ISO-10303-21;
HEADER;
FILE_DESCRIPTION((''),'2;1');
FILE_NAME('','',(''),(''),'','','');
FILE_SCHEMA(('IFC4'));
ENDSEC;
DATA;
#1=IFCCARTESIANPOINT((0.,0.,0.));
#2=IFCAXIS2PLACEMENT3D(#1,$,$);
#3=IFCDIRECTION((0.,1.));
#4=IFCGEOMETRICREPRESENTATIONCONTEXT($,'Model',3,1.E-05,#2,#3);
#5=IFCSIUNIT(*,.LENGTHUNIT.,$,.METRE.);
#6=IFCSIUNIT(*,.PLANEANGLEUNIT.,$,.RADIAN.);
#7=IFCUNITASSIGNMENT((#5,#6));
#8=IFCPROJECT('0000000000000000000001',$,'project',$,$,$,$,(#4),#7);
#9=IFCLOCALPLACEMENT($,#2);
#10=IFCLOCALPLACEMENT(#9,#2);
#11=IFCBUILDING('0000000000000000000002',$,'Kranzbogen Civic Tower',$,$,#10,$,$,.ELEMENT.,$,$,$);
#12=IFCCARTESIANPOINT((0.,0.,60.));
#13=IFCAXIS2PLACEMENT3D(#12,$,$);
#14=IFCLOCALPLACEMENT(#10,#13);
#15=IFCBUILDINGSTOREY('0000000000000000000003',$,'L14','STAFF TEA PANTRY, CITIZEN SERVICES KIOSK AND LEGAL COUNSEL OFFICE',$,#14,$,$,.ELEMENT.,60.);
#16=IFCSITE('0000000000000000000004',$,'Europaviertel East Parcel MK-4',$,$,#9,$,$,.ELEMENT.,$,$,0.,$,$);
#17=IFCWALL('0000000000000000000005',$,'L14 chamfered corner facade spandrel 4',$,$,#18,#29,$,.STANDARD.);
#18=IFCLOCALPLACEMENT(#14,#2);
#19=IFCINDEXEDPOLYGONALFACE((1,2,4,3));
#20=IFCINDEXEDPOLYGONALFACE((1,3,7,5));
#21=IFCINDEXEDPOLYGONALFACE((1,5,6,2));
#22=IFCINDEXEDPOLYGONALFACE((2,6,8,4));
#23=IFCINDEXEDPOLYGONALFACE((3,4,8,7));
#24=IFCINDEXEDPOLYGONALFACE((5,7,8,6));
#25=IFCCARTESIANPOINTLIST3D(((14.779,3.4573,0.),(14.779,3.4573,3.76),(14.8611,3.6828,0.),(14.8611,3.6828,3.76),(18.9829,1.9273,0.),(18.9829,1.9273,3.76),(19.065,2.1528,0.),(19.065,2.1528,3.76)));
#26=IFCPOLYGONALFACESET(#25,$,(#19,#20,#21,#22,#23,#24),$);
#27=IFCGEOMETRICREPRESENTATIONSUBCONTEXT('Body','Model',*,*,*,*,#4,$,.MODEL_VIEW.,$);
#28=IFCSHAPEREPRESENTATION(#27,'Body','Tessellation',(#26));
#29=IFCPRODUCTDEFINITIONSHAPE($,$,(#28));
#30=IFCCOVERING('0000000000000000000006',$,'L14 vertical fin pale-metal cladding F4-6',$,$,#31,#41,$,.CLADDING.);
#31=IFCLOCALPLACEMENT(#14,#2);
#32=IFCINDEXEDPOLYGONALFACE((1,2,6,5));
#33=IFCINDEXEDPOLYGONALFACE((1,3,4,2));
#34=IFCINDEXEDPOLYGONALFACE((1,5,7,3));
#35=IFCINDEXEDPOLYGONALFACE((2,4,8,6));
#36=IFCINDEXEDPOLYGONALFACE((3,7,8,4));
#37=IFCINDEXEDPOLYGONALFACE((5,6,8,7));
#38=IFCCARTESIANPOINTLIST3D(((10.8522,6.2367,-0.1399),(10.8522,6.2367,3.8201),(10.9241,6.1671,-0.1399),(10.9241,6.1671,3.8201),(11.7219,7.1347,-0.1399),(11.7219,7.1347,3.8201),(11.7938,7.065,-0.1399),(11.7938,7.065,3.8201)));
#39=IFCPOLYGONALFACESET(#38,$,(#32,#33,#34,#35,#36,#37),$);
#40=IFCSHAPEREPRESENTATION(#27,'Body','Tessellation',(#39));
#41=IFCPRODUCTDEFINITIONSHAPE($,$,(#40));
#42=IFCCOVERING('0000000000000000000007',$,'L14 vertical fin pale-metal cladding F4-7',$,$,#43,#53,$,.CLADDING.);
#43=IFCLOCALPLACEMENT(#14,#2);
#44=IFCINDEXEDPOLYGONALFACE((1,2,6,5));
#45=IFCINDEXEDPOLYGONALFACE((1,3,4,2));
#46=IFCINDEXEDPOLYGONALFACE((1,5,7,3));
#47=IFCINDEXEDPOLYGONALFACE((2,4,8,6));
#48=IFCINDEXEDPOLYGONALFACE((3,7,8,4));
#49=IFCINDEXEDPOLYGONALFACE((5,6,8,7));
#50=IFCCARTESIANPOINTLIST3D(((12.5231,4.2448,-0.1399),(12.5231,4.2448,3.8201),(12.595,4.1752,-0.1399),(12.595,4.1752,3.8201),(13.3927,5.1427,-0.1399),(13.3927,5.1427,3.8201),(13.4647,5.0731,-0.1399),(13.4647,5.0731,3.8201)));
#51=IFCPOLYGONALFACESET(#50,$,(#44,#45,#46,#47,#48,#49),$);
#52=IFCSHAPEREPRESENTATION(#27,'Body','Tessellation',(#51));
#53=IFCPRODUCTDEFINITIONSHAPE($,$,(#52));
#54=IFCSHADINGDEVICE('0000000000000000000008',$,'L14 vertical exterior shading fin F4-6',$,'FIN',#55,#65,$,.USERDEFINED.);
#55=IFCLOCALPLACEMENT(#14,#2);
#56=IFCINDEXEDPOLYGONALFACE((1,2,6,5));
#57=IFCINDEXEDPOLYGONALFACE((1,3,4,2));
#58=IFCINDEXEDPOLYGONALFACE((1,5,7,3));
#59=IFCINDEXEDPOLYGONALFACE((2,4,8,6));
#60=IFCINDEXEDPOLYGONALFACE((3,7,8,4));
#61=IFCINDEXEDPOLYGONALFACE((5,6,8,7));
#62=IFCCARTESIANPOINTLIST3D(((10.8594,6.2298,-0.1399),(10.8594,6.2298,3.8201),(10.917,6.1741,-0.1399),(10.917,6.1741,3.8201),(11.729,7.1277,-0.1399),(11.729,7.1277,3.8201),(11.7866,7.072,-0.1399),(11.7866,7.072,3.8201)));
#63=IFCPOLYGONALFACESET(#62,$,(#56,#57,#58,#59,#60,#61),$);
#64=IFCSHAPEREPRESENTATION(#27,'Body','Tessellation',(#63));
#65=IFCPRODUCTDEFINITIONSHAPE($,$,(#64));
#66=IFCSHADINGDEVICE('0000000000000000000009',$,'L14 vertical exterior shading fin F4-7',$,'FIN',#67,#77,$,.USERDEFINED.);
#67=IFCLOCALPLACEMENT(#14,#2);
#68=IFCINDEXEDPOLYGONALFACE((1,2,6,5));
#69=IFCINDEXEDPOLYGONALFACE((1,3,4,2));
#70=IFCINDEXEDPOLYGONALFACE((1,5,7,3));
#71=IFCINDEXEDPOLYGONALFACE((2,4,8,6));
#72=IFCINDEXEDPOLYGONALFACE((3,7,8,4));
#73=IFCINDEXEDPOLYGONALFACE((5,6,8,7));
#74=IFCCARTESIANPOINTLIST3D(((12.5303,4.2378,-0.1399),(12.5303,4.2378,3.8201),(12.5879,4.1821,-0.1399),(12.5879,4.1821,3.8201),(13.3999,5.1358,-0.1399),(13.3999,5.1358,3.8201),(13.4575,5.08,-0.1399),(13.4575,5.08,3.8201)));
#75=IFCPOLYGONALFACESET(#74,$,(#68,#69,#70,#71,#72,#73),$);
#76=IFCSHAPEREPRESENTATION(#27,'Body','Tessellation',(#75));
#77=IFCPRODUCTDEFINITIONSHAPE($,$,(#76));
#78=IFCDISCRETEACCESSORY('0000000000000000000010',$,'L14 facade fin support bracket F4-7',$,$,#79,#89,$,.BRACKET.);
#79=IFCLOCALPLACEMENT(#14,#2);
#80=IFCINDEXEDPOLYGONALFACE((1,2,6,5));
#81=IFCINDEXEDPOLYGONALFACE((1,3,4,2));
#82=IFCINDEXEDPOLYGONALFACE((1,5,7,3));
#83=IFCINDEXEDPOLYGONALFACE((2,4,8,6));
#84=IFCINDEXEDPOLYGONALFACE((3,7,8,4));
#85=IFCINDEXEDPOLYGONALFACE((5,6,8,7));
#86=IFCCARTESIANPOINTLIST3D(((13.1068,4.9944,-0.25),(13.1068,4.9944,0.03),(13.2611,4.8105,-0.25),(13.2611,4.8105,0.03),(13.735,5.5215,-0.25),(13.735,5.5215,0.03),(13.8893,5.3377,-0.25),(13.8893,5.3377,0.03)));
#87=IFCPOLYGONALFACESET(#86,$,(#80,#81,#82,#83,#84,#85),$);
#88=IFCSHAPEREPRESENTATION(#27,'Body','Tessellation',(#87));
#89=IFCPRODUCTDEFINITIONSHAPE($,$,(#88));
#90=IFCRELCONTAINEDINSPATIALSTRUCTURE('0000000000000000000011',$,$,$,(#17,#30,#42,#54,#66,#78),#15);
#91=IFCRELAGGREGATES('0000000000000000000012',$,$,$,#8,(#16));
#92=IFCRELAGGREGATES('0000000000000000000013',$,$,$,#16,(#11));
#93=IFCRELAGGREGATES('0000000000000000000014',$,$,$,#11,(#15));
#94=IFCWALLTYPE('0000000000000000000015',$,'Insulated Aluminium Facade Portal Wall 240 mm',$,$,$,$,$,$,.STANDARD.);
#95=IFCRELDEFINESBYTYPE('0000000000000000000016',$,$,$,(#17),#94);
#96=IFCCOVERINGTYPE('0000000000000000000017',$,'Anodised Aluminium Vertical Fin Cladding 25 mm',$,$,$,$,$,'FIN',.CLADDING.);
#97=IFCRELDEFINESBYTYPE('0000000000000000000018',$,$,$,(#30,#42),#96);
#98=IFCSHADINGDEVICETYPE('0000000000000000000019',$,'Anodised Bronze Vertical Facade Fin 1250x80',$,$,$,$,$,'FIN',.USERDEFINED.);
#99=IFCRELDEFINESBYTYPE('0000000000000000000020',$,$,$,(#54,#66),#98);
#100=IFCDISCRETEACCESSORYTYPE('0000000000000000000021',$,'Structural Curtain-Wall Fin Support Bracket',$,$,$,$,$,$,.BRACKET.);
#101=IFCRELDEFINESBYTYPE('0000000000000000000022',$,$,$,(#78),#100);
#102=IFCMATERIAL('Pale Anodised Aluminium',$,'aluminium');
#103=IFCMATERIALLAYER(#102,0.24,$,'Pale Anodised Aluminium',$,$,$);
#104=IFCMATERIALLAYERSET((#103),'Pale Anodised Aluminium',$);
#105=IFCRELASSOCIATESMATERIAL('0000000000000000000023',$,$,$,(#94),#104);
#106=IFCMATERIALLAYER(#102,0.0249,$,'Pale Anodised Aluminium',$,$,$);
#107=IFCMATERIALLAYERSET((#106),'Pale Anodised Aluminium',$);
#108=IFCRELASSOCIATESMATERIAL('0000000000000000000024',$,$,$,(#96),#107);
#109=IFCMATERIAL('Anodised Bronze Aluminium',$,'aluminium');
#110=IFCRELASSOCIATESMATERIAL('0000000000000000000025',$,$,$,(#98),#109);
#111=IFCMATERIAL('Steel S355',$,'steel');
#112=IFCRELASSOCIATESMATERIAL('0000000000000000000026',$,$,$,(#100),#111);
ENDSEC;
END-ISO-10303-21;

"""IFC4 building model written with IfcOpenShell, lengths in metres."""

from ifc_helpers import new_model, si_unit, direction, frame, frame_2d, origin, origin_2d, place, context, subcontext, project, spatial, rectangle, extrude, material, layer, layer_set, type_object, element, save


model = new_model("IFC4")

# Units and contexts
model_context = context("Model", 3, precision=1e-05, world=origin(), true_north=direction((0.0, 1.0)))
body_context = subcontext(model_context, "Body", "Model", "MODEL_VIEW")
ifc_project = project(units=[si_unit("LENGTHUNIT", "METRE"), si_unit("PLANEANGLEUNIT", "RADIAN")], contexts=[model_context])

# Site, building, storey
site_placement = place(None, origin())
site = spatial("IfcSite", under=ifc_project, at=site_placement, Name="Europaviertel East Parcel MK-4", CompositionType="ELEMENT", RefElevation=0.0)
building_placement = place(site_placement, origin())
building = spatial("IfcBuilding", under=site, at=building_placement, Name="Kranzbogen Civic Tower", CompositionType="ELEMENT")
storey_placement = place(building_placement, frame((0.0, 0.0, 60.0)))
storey = spatial("IfcBuildingStorey", under=building, at=storey_placement, Name="L14", Description="STAFF TEA PANTRY, CITIZEN SERVICES KIOSK AND LEGAL COUNSEL OFFICE", CompositionType="ELEMENT", Elevation=60.0)

# Shared definitions
ifc_material_1 = material(Name="Steel S355", Category="steel")

# Shared definitions
ifc_material_2 = material(Name="Pale Anodised Aluminium", Category="aluminium")

# Wall
ifc_layer_1 = layer(ifc_material_2, 0.24, Name="Pale Anodised Aluminium")
ifc_layer_set_1 = layer_set([ifc_layer_1], Name="Pale Anodised Aluminium")
wall_type = type_object("IfcWallType", Name="Insulated Aluminium Facade Portal Wall 240 mm", PredefinedType="STANDARD", material=ifc_layer_set_1)
wall_placement = place(storey_placement, frame((14.8201, 3.5701, 0.0), z_axis=(0.0, 0.0, 1.0), x_axis=(0.939696, -0.34201, 0.0)))
element("IfcWall", 1, at=wall_placement, inside=storey, type_object=wall_type, Name="L14 chamfered corner facade spandrel 4", PredefinedType="STANDARD", context=body_context, shape_type="SweptSolid", body=[
    extrude(rectangle(XDim=4.4736, YDim=0.24, at=frame_2d((2.2368, 0.0))), origin(), (0.0, 0.0, 1.0), 3.76),
])

# Coverings
ifc_layer_2 = layer(ifc_material_2, 0.0249, Name="Pale Anodised Aluminium")
ifc_layer_set_2 = layer_set([ifc_layer_2], Name="Pale Anodised Aluminium")
covering_type = type_object("IfcCoveringType", Name="Anodised Aluminium Vertical Fin Cladding 25 mm", ElementType="FIN", PredefinedType="CLADDING", material=ifc_layer_set_2)
for number, where, z_axis, x_axis, name in (
    (2, (11.323, 6.6509, -0.1399), (0.0, 0.0, 1.0), (-0.695687, -0.718345, 0.0), "L14 vertical fin pale-metal cladding F4-6"),
    (3, (12.9939, 4.6589, -0.1399), (0.0, 0.0, 1.0), (-0.695687, -0.718345, 0.0), "L14 vertical fin pale-metal cladding F4-7"),
):
    element("IfcCovering", number, at=place(storey_placement, frame(where, z_axis=z_axis, x_axis=x_axis)), inside=storey, type_object=covering_type, Name=name, PredefinedType="CLADDING", context=body_context, shape_type="SweptSolid", body=[
        extrude(rectangle(XDim=1.25, YDim=0.1001, at=origin_2d()), origin(), (0.0, 0.0, 1.0), 3.96),
    ])

# Shading devices
ifc_material_3 = material(Name="Anodised Bronze Aluminium", Category="aluminium")
shading_device_type = type_object("IfcShadingDeviceType", Name="Anodised Bronze Vertical Facade Fin 1250x80", ElementType="FIN", PredefinedType="USERDEFINED", material=ifc_material_3)
for number, where, z_axis, x_axis, name in (
    (4, (11.323, 6.6509, -0.1399), (0.0, 0.0, 1.0), (-0.695687, -0.718345, 0.0), "L14 vertical exterior shading fin F4-6"),
    (5, (12.9939, 4.6589, -0.1399), (0.0, 0.0, 1.0), (-0.695687, -0.718345, 0.0), "L14 vertical exterior shading fin F4-7"),
):
    element("IfcShadingDevice", number, at=place(storey_placement, frame(where, z_axis=z_axis, x_axis=x_axis)), inside=storey, type_object=shading_device_type, Name=name, ObjectType="FIN", PredefinedType="USERDEFINED", context=body_context, shape_type="SweptSolid", body=[
        extrude(rectangle(XDim=1.25, YDim=0.0801, at=origin_2d()), origin(), (0.0, 0.0, 1.0), 3.96),
    ])

# Discrete accessory
discrete_accessory_type = type_object("IfcDiscreteAccessoryType", Name="Structural Curtain-Wall Fin Support Bracket", PredefinedType="BRACKET", material=ifc_material_1)
discrete_accessory_placement = place(storey_placement, frame((13.498, 5.166, -0.25), z_axis=(0.0, 0.0, 1.0), x_axis=(-0.766044, -0.642788, 0.0)))
element("IfcDiscreteAccessory", 6, at=discrete_accessory_placement, inside=storey, type_object=discrete_accessory_type, Name="L14 facade fin support bracket F4-7", PredefinedType="BRACKET", context=body_context, shape_type="SweptSolid", body=[
    extrude(rectangle(XDim=0.8201, YDim=0.24, at=origin_2d()), origin(), (0.0, 0.0, 1.0), 0.28),
])

save(model, "model.ifc")
